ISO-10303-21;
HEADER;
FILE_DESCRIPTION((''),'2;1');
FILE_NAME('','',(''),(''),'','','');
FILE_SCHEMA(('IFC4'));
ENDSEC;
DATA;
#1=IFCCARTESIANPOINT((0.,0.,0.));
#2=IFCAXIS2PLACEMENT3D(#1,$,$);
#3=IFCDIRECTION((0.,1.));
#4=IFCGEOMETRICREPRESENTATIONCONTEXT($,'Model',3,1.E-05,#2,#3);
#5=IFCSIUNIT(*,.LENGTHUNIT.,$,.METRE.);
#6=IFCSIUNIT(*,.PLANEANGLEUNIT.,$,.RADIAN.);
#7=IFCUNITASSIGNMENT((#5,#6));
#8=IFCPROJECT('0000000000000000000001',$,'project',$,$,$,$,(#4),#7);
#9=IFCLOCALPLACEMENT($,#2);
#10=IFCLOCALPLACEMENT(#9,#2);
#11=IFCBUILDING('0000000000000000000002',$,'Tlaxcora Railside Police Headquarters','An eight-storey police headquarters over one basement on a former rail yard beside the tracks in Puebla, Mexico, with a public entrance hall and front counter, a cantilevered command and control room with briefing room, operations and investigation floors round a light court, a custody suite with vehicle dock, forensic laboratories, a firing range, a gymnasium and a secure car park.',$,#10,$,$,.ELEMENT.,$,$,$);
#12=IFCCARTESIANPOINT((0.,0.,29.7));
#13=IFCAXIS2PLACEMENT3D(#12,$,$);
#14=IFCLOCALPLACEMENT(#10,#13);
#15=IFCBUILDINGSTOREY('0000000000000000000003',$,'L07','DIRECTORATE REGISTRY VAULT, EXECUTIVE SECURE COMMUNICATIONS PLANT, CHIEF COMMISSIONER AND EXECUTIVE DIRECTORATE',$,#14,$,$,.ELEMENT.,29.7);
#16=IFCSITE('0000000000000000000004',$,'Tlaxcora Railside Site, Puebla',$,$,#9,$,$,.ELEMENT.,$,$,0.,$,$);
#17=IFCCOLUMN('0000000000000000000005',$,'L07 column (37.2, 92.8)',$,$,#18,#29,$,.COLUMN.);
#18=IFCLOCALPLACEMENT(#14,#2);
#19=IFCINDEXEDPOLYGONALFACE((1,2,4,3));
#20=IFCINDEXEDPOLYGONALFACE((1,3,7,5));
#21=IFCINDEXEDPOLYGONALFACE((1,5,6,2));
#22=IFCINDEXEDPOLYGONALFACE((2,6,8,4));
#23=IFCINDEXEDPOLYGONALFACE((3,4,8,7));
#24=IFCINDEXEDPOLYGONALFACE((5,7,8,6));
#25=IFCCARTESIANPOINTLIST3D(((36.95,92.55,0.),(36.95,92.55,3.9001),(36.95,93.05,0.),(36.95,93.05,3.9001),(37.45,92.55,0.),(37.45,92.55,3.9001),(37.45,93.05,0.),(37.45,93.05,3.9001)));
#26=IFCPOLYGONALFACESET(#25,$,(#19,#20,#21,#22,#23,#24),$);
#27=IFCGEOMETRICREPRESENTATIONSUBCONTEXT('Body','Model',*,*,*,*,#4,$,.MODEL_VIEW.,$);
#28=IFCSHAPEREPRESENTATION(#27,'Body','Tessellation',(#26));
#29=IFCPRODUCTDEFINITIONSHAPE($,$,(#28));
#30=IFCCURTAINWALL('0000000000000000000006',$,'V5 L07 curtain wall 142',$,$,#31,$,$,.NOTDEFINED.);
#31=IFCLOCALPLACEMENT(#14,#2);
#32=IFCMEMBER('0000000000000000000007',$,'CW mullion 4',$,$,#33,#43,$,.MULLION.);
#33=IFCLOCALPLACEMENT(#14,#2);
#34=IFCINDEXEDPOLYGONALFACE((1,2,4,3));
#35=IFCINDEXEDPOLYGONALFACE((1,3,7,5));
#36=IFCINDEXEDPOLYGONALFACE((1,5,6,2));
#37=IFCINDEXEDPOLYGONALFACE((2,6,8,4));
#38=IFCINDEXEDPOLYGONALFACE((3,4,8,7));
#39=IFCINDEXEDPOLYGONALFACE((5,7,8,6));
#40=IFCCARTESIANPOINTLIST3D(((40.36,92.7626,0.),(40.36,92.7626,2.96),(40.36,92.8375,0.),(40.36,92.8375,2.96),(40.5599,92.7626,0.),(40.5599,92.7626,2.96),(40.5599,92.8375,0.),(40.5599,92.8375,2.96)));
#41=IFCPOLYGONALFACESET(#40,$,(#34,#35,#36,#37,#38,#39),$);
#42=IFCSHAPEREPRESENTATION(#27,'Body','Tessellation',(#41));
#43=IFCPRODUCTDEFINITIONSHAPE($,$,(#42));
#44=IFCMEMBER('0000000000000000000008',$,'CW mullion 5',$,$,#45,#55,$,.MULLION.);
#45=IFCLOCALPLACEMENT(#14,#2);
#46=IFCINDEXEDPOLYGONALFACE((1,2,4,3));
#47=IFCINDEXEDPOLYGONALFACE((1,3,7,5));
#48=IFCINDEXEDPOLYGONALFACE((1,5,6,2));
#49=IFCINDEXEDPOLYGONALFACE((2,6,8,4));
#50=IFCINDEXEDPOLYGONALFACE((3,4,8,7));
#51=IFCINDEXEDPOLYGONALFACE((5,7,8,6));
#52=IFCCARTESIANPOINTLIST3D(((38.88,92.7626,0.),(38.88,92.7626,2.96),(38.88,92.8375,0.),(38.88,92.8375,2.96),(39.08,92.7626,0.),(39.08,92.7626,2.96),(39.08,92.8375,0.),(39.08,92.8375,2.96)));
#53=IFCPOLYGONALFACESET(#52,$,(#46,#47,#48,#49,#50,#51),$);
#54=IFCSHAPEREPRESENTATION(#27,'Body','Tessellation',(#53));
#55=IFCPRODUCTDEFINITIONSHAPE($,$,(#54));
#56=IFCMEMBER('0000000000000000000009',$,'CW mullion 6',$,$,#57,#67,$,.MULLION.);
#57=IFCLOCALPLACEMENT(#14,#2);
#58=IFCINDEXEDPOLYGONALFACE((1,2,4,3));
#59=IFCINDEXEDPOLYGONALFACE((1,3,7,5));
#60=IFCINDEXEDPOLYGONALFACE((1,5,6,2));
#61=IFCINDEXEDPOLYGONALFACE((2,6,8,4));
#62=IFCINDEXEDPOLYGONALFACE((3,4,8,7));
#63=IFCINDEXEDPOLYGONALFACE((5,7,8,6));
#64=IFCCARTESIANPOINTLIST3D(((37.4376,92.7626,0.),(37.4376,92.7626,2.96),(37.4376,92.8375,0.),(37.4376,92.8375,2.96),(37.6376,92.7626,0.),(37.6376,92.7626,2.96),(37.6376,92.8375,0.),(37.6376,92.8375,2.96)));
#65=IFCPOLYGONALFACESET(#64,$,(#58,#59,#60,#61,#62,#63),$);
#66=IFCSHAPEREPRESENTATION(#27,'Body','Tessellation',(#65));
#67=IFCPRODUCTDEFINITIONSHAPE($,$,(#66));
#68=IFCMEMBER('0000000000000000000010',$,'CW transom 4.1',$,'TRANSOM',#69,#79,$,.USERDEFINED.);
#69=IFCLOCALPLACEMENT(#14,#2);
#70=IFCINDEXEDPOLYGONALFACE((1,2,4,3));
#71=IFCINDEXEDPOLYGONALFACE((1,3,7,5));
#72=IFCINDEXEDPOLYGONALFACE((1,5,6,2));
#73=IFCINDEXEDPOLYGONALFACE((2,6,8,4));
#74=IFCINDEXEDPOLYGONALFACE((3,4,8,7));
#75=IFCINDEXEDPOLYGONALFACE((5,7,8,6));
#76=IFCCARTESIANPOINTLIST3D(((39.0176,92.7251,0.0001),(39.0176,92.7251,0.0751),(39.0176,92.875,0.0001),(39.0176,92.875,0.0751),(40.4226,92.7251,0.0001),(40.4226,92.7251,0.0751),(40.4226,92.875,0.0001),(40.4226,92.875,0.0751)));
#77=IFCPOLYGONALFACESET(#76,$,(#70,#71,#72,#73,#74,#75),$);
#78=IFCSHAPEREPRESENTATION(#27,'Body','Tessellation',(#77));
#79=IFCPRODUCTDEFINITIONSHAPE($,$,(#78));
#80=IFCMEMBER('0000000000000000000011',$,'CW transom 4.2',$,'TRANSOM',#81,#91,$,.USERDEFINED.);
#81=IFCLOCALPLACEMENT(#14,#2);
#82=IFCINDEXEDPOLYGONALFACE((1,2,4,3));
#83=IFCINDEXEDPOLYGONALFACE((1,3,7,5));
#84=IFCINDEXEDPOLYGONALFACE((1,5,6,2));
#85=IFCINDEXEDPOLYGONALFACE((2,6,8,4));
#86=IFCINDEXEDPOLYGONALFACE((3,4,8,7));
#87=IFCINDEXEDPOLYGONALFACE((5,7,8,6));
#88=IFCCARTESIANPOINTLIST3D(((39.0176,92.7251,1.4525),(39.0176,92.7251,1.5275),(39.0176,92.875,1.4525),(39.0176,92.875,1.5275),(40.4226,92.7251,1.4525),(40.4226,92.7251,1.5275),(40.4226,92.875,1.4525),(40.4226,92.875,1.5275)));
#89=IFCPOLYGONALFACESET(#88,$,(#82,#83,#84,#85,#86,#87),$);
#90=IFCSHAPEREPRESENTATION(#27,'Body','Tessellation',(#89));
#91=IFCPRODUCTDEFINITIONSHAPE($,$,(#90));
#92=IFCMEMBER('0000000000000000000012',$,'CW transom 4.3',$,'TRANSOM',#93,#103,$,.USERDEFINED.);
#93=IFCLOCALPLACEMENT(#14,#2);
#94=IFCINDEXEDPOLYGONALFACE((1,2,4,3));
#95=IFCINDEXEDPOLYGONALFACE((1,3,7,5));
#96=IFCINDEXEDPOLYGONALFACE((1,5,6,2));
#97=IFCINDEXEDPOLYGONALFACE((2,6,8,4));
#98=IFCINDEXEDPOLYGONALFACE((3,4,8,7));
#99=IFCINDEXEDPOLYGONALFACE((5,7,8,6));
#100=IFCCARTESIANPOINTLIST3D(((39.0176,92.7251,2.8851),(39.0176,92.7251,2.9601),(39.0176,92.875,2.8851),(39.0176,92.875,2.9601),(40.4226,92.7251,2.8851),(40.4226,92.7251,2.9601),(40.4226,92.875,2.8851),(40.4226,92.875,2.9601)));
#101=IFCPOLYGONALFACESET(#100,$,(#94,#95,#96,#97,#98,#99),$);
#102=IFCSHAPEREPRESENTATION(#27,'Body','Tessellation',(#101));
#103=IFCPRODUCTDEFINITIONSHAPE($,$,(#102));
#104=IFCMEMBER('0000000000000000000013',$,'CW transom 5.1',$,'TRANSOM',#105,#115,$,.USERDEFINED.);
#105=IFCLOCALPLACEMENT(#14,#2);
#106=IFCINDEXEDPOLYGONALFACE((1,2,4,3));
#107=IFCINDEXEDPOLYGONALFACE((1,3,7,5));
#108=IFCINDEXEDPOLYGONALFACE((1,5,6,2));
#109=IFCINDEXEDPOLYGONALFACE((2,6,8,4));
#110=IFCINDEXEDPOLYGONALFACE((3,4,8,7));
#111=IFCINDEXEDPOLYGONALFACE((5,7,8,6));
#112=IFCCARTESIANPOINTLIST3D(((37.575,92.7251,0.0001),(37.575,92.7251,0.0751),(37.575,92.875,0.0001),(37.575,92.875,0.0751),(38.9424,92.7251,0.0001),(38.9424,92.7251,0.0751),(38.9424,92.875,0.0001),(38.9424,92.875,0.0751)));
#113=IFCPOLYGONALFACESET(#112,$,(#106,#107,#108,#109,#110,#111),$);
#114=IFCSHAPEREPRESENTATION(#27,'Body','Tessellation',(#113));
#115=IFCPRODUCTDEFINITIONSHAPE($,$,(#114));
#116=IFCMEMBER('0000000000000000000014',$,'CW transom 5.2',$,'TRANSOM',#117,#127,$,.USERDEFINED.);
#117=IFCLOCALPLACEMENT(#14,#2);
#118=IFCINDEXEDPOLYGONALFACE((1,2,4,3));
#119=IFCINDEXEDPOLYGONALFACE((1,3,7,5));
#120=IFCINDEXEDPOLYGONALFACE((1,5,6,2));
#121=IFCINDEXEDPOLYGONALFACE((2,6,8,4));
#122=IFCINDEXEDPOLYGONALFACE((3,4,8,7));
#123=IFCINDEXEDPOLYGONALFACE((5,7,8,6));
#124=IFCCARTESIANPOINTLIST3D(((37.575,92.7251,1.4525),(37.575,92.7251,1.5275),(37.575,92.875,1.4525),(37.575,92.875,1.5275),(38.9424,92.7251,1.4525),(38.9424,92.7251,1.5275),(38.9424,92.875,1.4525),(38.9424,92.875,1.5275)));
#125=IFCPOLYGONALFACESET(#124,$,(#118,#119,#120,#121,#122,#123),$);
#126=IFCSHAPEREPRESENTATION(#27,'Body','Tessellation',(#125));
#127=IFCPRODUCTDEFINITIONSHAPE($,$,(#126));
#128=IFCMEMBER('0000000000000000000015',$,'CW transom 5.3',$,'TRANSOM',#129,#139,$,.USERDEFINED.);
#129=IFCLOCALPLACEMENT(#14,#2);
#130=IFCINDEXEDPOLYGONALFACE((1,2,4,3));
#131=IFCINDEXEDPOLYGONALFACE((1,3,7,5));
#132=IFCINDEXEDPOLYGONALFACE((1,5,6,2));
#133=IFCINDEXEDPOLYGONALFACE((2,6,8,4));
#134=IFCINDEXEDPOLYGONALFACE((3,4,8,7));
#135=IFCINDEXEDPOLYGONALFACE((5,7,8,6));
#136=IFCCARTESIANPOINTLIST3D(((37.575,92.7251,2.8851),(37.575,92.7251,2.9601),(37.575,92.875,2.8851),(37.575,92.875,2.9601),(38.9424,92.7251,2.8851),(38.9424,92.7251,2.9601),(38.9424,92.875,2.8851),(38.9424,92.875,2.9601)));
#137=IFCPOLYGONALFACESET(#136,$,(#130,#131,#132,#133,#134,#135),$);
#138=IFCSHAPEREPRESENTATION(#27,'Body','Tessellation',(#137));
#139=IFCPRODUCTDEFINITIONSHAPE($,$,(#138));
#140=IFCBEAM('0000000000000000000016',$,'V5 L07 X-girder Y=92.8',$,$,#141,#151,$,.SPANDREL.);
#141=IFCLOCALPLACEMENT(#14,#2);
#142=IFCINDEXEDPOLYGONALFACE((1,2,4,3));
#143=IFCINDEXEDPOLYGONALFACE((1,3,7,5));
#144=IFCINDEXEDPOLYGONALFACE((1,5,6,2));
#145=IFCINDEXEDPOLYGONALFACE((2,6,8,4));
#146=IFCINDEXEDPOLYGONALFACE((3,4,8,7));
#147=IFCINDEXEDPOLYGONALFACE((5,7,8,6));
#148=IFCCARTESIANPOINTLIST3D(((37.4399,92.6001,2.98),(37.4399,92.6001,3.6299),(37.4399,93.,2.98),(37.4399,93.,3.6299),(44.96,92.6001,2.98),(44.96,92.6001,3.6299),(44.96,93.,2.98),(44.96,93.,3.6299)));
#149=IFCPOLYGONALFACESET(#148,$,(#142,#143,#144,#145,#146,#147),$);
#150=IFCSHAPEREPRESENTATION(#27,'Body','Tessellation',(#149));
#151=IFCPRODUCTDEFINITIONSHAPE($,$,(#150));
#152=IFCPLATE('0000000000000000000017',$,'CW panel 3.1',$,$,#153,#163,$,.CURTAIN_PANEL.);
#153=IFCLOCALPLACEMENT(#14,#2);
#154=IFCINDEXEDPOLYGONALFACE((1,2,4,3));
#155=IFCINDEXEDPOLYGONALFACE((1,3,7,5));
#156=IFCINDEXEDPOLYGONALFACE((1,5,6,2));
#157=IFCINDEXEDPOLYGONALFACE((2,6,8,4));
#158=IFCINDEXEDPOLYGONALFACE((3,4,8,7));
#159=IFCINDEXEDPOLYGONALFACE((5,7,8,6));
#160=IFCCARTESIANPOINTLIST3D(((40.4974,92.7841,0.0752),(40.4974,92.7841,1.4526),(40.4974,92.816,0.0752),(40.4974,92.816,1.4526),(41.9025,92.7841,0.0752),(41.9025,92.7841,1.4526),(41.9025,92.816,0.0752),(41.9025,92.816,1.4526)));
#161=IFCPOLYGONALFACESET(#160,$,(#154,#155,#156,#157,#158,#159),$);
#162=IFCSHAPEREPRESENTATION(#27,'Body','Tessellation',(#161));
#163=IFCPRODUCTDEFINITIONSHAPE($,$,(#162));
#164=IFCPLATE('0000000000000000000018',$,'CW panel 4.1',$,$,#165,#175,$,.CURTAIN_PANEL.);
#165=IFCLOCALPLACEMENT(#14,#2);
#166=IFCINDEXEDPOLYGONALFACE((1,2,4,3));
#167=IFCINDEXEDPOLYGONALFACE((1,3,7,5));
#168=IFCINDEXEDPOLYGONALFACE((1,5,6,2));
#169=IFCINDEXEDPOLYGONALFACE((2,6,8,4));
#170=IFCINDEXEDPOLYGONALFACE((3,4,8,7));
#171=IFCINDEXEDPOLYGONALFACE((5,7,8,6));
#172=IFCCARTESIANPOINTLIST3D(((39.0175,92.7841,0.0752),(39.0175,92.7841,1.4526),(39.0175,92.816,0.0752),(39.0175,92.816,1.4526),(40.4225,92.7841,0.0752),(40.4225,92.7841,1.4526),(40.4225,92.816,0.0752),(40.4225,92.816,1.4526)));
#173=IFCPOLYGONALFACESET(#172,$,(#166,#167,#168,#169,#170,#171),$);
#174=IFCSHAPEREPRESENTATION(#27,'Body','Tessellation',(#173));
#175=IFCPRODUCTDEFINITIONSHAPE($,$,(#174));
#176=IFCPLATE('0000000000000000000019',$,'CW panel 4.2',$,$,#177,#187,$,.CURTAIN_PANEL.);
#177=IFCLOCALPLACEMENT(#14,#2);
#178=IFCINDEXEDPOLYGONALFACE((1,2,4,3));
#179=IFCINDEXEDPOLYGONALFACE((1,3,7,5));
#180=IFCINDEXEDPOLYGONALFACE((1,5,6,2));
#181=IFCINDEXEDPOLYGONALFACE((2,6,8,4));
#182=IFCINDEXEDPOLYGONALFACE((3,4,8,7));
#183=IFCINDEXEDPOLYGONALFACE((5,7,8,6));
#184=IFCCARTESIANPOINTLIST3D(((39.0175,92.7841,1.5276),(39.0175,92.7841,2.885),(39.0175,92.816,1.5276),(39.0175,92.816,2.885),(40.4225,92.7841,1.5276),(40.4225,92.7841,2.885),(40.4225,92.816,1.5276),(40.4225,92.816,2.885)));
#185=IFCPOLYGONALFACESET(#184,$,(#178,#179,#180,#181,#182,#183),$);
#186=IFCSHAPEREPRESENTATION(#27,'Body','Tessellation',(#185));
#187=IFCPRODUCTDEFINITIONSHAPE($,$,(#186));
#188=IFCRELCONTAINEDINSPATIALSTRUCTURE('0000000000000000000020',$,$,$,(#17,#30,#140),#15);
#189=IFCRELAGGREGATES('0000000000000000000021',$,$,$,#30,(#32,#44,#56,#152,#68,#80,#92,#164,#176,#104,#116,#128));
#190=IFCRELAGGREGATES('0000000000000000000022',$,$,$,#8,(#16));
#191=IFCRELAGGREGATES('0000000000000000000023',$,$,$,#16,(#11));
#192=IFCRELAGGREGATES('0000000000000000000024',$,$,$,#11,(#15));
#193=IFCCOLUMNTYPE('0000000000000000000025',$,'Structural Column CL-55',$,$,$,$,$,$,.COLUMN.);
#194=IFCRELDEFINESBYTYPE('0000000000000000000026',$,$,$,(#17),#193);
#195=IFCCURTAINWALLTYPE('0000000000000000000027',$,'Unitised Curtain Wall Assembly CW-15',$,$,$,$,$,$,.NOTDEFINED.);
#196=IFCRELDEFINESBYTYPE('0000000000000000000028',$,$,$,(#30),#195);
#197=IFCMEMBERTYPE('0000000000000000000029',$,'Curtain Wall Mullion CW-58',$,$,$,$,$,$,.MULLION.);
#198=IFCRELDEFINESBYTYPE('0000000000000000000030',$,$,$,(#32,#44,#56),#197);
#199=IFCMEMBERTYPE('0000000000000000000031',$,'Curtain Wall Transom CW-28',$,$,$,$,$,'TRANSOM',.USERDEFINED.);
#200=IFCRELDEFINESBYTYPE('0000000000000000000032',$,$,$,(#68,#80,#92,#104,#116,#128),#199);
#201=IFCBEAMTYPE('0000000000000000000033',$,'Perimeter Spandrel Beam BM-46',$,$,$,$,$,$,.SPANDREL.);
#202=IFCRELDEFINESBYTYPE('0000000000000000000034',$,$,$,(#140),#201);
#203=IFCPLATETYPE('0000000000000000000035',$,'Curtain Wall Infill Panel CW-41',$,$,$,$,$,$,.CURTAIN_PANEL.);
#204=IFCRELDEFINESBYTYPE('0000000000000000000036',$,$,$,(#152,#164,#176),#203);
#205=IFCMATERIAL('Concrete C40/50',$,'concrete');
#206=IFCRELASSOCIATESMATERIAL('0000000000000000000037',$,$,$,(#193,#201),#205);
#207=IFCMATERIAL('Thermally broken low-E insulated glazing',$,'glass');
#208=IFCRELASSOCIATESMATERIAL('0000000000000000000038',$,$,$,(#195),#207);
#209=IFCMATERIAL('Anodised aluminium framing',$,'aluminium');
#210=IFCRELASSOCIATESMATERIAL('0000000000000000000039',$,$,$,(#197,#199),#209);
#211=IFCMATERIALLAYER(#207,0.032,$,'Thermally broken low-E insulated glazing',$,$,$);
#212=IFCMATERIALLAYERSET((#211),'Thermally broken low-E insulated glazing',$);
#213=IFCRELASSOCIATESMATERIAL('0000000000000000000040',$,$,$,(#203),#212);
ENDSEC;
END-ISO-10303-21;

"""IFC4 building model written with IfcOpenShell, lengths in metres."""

from ifc_helpers import new_model, si_unit, direction, frame, origin, origin_2d, place, context, subcontext, project, spatial, rectangle, extrude, material, layer, layer_set, material_profile, profile_set, type_object, element, aggregate, save


model = new_model("IFC4")

# Units and contexts
model_context = context("Model", 3, precision=1e-05, world=origin(), true_north=direction((0.0, 1.0)))
body_context = subcontext(model_context, "Body", "Model", "MODEL_VIEW")
ifc_project = project(units=[si_unit("LENGTHUNIT", "METRE"), si_unit("PLANEANGLEUNIT", "RADIAN")], contexts=[model_context])

# Site, building, storey
site_placement = place(None, origin())
site = spatial("IfcSite", under=ifc_project, at=site_placement, Name="Tlaxcora Railside Site, Puebla", CompositionType="ELEMENT", RefElevation=0.0)
building_placement = place(site_placement, origin())
building = spatial("IfcBuilding", under=site, at=building_placement, Name="Tlaxcora Railside Police Headquarters", Description="An eight-storey police headquarters over one basement on a former rail yard beside the tracks in Puebla, Mexico, with a public entrance hall and front counter, a cantilevered command and control room with briefing room, operations and investigation floors round a light court, a custody suite with vehicle dock, forensic laboratories, a firing range, a gymnasium and a secure car park.", CompositionType="ELEMENT")
storey_placement = place(building_placement, frame((0.0, 0.0, 29.7)))
storey = spatial("IfcBuildingStorey", under=building, at=storey_placement, Name="L07", Description="DIRECTORATE REGISTRY VAULT, EXECUTIVE SECURE COMMUNICATIONS PLANT, CHIEF COMMISSIONER AND EXECUTIVE DIRECTORATE", CompositionType="ELEMENT", Elevation=29.7)

# Column
ifc_material_1 = material(Name="Concrete C40/50", Category="concrete")
ifc_material_profile_1 = material_profile(ifc_material_1, rectangle(XDim=0.5, YDim=0.5, at=origin_2d()), Name="RC500X500")
ifc_profile_set_1 = profile_set([ifc_material_profile_1], Name="Concrete C40/50")
column_type = type_object("IfcColumnType", Name="Structural Column CL-55", PredefinedType="COLUMN", material=ifc_profile_set_1)
column_placement = place(storey_placement, frame((37.2, 92.8, 0.0), z_axis=(0.0, 0.0, 1.0), x_axis=(1.0, 0.0, 0.0)))
element("IfcColumn", 1, at=column_placement, inside=storey, type_object=column_type, Name="L07 column (37.2, 92.8)", PredefinedType="COLUMN", context=body_context, shape_type="SweptSolid", body=[
    extrude(rectangle(XDim=0.5, YDim=0.5, at=origin_2d()), origin(), (0.0, 0.0, 1.0), 3.9001),
])

# Curtain wall, members
ifc_material_2 = material(Name="Thermally broken low-E insulated glazing", Category="glass")
curtain_wall_type = type_object("IfcCurtainWallType", Name="Unitised Curtain Wall Assembly CW-15", PredefinedType="NOTDEFINED", material=ifc_material_2)
curtain_wall_placement = place(storey_placement, origin())
curtain_wall = element("IfcCurtainWall", 2, at=curtain_wall_placement, inside=storey, type_object=curtain_wall_type, Name="V5 L07 curtain wall 142", PredefinedType="NOTDEFINED")
ifc_material_3 = material(Name="Anodised aluminium framing", Category="aluminium")
ifc_material_profile_2 = material_profile(ifc_material_3, rectangle(XDim=0.075, YDim=0.2, at=origin_2d()), Name="AL75X200")
ifc_profile_set_2 = profile_set([ifc_material_profile_2], Name="Anodised aluminium framing")
member_type_1 = type_object("IfcMemberType", Name="Curtain Wall Mullion CW-58", PredefinedType="MULLION", material=ifc_profile_set_2)
member_1_placement = place(storey_placement, frame((40.46, 92.8, 0.0), z_axis=(0.0, 0.0, 1.0), x_axis=(0.0, -1.0, 0.0)))
member_1 = element("IfcMember", 3, at=member_1_placement, type_object=member_type_1, Name="CW mullion 4", PredefinedType="MULLION", context=body_context, shape_type="SweptSolid", body=[
    extrude(rectangle(XDim=0.075, YDim=0.2, at=origin_2d()), origin(), (0.0, 0.0, 1.0), 2.96),
])
member_2_placement = place(storey_placement, frame((38.98, 92.8, 0.0), z_axis=(0.0, 0.0, 1.0), x_axis=(0.0, -1.0, 0.0)))
member_2 = element("IfcMember", 4, at=member_2_placement, type_object=member_type_1, Name="CW mullion 5", PredefinedType="MULLION", context=body_context, shape_type="SweptSolid", body=[
    extrude(rectangle(XDim=0.075, YDim=0.2, at=origin_2d()), origin(), (0.0, 0.0, 1.0), 2.96),
])
member_3_placement = place(storey_placement, frame((37.5376, 92.8, 0.0), z_axis=(0.0, 0.0, 1.0), x_axis=(0.0, -1.0, 0.0)))
member_3 = element("IfcMember", 5, at=member_3_placement, type_object=member_type_1, Name="CW mullion 6", PredefinedType="MULLION", context=body_context, shape_type="SweptSolid", body=[
    extrude(rectangle(XDim=0.075, YDim=0.2, at=origin_2d()), origin(), (0.0, 0.0, 1.0), 2.96),
])
ifc_material_profile_3 = material_profile(ifc_material_3, rectangle(XDim=0.1499, YDim=0.075, at=origin_2d()), Name="AL75X150")
ifc_profile_set_3 = profile_set([ifc_material_profile_3], Name="Anodised aluminium framing")
member_type_2 = type_object("IfcMemberType", Name="Curtain Wall Transom CW-28", ElementType="TRANSOM", PredefinedType="USERDEFINED", material=ifc_profile_set_3)
member_4_placement = place(storey_placement, frame((40.4226, 92.8, 0.0376), z_axis=(-1.0, 0.0, 0.0), x_axis=(0.0, -1.0, 0.0)))
member_4 = element("IfcMember", 6, at=member_4_placement, type_object=member_type_2, Name="CW transom 4.1", ObjectType="TRANSOM", PredefinedType="USERDEFINED", context=body_context, shape_type="SweptSolid", body=[
    extrude(rectangle(XDim=0.1499, YDim=0.075, at=origin_2d()), origin(), (0.0, 0.0, 1.0), 1.405),
])
member_5_placement = place(storey_placement, frame((40.4226, 92.8, 1.49), z_axis=(-1.0, 0.0, 0.0), x_axis=(0.0, -1.0, 0.0)))
member_5 = element("IfcMember", 7, at=member_5_placement, type_object=member_type_2, Name="CW transom 4.2", ObjectType="TRANSOM", PredefinedType="USERDEFINED", context=body_context, shape_type="SweptSolid", body=[
    extrude(rectangle(XDim=0.1499, YDim=0.075, at=origin_2d()), origin(), (0.0, 0.0, 1.0), 1.405),
])
member_6_placement = place(storey_placement, frame((40.4226, 92.8, 2.9226), z_axis=(-1.0, 0.0, 0.0), x_axis=(0.0, -1.0, 0.0)))
member_6 = element("IfcMember", 8, at=member_6_placement, type_object=member_type_2, Name="CW transom 4.3", ObjectType="TRANSOM", PredefinedType="USERDEFINED", context=body_context, shape_type="SweptSolid", body=[
    extrude(rectangle(XDim=0.1499, YDim=0.075, at=origin_2d()), origin(), (0.0, 0.0, 1.0), 1.405),
])
member_7_placement = place(storey_placement, frame((38.9424, 92.8, 0.0376), z_axis=(-1.0, 0.0, 0.0), x_axis=(0.0, -1.0, 0.0)))
member_7 = element("IfcMember", 9, at=member_7_placement, type_object=member_type_2, Name="CW transom 5.1", ObjectType="TRANSOM", PredefinedType="USERDEFINED", context=body_context, shape_type="SweptSolid", body=[
    extrude(rectangle(XDim=0.1499, YDim=0.075, at=origin_2d()), origin(), (0.0, 0.0, 1.0), 1.3674),
])
member_8_placement = place(storey_placement, frame((38.9424, 92.8, 1.49), z_axis=(-1.0, 0.0, 0.0), x_axis=(0.0, -1.0, 0.0)))
member_8 = element("IfcMember", 10, at=member_8_placement, type_object=member_type_2, Name="CW transom 5.2", ObjectType="TRANSOM", PredefinedType="USERDEFINED", context=body_context, shape_type="SweptSolid", body=[
    extrude(rectangle(XDim=0.1499, YDim=0.075, at=origin_2d()), origin(), (0.0, 0.0, 1.0), 1.3674),
])
member_9_placement = place(storey_placement, frame((38.9424, 92.8, 2.9226), z_axis=(-1.0, 0.0, 0.0), x_axis=(0.0, -1.0, 0.0)))
member_9 = element("IfcMember", 11, at=member_9_placement, type_object=member_type_2, Name="CW transom 5.3", ObjectType="TRANSOM", PredefinedType="USERDEFINED", context=body_context, shape_type="SweptSolid", body=[
    extrude(rectangle(XDim=0.1499, YDim=0.075, at=origin_2d()), origin(), (0.0, 0.0, 1.0), 1.3674),
])

# Beam
ifc_material_profile_4 = material_profile(ifc_material_1, rectangle(XDim=0.3999, YDim=0.6499, at=origin_2d()), Name="RC400X650")
ifc_profile_set_4 = profile_set([ifc_material_profile_4], Name="Concrete C40/50")
beam_type = type_object("IfcBeamType", Name="Perimeter Spandrel Beam BM-46", PredefinedType="SPANDREL", material=ifc_profile_set_4)
beam_placement = place(storey_placement, frame((37.4399, 92.8, 3.3049), z_axis=(1.0, 0.0, 0.0), x_axis=(0.0, 1.0, 0.0)))
element("IfcBeam", 12, at=beam_placement, inside=storey, type_object=beam_type, Name="V5 L07 X-girder Y=92.8", PredefinedType="SPANDREL", context=body_context, shape_type="SweptSolid", body=[
    extrude(rectangle(XDim=0.3999, YDim=0.6499, at=origin_2d()), origin(), (0.0, 0.0, 1.0), 7.52),
])

# Plates
ifc_layer_1 = layer(ifc_material_2, 0.032, Name="Thermally broken low-E insulated glazing")
ifc_layer_set_1 = layer_set([ifc_layer_1], Name="Thermally broken low-E insulated glazing")
plate_type = type_object("IfcPlateType", Name="Curtain Wall Infill Panel CW-41", PredefinedType="CURTAIN_PANEL", material=ifc_layer_set_1)
plate_1_placement = place(storey_placement, frame((41.2, 92.8, 0.0752), z_axis=(0.0, 0.0, 1.0), x_axis=(-1.0, 0.0, 0.0)))
plate_1 = element("IfcPlate", 13, at=plate_1_placement, type_object=plate_type, Name="CW panel 3.1", PredefinedType="CURTAIN_PANEL", context=body_context, shape_type="SweptSolid", body=[
    extrude(rectangle(XDim=1.405, YDim=0.032, at=origin_2d()), origin(), (0.0, 0.0, 1.0), 1.3774),
])
plate_2_placement = place(storey_placement, frame((39.72, 92.8, 0.0752), z_axis=(0.0, 0.0, 1.0), x_axis=(-1.0, 0.0, 0.0)))
plate_2 = element("IfcPlate", 14, at=plate_2_placement, type_object=plate_type, Name="CW panel 4.1", PredefinedType="CURTAIN_PANEL", context=body_context, shape_type="SweptSolid", body=[
    extrude(rectangle(XDim=1.405, YDim=0.032, at=origin_2d()), origin(), (0.0, 0.0, 1.0), 1.3774),
])
plate_3_placement = place(storey_placement, frame((39.72, 92.8, 1.5276), z_axis=(0.0, 0.0, 1.0), x_axis=(-1.0, 0.0, 0.0)))
plate_3 = element("IfcPlate", 15, at=plate_3_placement, type_object=plate_type, Name="CW panel 4.2", PredefinedType="CURTAIN_PANEL", context=body_context, shape_type="SweptSolid", body=[
    extrude(rectangle(XDim=1.405, YDim=0.032, at=origin_2d()), origin(), (0.0, 0.0, 1.0), 1.3574),
])
aggregate(curtain_wall, [member_1, member_2, member_3, plate_1, member_4, member_5, member_6, plate_2, plate_3, member_7, member_8, member_9])

save(model, "model.ifc")
